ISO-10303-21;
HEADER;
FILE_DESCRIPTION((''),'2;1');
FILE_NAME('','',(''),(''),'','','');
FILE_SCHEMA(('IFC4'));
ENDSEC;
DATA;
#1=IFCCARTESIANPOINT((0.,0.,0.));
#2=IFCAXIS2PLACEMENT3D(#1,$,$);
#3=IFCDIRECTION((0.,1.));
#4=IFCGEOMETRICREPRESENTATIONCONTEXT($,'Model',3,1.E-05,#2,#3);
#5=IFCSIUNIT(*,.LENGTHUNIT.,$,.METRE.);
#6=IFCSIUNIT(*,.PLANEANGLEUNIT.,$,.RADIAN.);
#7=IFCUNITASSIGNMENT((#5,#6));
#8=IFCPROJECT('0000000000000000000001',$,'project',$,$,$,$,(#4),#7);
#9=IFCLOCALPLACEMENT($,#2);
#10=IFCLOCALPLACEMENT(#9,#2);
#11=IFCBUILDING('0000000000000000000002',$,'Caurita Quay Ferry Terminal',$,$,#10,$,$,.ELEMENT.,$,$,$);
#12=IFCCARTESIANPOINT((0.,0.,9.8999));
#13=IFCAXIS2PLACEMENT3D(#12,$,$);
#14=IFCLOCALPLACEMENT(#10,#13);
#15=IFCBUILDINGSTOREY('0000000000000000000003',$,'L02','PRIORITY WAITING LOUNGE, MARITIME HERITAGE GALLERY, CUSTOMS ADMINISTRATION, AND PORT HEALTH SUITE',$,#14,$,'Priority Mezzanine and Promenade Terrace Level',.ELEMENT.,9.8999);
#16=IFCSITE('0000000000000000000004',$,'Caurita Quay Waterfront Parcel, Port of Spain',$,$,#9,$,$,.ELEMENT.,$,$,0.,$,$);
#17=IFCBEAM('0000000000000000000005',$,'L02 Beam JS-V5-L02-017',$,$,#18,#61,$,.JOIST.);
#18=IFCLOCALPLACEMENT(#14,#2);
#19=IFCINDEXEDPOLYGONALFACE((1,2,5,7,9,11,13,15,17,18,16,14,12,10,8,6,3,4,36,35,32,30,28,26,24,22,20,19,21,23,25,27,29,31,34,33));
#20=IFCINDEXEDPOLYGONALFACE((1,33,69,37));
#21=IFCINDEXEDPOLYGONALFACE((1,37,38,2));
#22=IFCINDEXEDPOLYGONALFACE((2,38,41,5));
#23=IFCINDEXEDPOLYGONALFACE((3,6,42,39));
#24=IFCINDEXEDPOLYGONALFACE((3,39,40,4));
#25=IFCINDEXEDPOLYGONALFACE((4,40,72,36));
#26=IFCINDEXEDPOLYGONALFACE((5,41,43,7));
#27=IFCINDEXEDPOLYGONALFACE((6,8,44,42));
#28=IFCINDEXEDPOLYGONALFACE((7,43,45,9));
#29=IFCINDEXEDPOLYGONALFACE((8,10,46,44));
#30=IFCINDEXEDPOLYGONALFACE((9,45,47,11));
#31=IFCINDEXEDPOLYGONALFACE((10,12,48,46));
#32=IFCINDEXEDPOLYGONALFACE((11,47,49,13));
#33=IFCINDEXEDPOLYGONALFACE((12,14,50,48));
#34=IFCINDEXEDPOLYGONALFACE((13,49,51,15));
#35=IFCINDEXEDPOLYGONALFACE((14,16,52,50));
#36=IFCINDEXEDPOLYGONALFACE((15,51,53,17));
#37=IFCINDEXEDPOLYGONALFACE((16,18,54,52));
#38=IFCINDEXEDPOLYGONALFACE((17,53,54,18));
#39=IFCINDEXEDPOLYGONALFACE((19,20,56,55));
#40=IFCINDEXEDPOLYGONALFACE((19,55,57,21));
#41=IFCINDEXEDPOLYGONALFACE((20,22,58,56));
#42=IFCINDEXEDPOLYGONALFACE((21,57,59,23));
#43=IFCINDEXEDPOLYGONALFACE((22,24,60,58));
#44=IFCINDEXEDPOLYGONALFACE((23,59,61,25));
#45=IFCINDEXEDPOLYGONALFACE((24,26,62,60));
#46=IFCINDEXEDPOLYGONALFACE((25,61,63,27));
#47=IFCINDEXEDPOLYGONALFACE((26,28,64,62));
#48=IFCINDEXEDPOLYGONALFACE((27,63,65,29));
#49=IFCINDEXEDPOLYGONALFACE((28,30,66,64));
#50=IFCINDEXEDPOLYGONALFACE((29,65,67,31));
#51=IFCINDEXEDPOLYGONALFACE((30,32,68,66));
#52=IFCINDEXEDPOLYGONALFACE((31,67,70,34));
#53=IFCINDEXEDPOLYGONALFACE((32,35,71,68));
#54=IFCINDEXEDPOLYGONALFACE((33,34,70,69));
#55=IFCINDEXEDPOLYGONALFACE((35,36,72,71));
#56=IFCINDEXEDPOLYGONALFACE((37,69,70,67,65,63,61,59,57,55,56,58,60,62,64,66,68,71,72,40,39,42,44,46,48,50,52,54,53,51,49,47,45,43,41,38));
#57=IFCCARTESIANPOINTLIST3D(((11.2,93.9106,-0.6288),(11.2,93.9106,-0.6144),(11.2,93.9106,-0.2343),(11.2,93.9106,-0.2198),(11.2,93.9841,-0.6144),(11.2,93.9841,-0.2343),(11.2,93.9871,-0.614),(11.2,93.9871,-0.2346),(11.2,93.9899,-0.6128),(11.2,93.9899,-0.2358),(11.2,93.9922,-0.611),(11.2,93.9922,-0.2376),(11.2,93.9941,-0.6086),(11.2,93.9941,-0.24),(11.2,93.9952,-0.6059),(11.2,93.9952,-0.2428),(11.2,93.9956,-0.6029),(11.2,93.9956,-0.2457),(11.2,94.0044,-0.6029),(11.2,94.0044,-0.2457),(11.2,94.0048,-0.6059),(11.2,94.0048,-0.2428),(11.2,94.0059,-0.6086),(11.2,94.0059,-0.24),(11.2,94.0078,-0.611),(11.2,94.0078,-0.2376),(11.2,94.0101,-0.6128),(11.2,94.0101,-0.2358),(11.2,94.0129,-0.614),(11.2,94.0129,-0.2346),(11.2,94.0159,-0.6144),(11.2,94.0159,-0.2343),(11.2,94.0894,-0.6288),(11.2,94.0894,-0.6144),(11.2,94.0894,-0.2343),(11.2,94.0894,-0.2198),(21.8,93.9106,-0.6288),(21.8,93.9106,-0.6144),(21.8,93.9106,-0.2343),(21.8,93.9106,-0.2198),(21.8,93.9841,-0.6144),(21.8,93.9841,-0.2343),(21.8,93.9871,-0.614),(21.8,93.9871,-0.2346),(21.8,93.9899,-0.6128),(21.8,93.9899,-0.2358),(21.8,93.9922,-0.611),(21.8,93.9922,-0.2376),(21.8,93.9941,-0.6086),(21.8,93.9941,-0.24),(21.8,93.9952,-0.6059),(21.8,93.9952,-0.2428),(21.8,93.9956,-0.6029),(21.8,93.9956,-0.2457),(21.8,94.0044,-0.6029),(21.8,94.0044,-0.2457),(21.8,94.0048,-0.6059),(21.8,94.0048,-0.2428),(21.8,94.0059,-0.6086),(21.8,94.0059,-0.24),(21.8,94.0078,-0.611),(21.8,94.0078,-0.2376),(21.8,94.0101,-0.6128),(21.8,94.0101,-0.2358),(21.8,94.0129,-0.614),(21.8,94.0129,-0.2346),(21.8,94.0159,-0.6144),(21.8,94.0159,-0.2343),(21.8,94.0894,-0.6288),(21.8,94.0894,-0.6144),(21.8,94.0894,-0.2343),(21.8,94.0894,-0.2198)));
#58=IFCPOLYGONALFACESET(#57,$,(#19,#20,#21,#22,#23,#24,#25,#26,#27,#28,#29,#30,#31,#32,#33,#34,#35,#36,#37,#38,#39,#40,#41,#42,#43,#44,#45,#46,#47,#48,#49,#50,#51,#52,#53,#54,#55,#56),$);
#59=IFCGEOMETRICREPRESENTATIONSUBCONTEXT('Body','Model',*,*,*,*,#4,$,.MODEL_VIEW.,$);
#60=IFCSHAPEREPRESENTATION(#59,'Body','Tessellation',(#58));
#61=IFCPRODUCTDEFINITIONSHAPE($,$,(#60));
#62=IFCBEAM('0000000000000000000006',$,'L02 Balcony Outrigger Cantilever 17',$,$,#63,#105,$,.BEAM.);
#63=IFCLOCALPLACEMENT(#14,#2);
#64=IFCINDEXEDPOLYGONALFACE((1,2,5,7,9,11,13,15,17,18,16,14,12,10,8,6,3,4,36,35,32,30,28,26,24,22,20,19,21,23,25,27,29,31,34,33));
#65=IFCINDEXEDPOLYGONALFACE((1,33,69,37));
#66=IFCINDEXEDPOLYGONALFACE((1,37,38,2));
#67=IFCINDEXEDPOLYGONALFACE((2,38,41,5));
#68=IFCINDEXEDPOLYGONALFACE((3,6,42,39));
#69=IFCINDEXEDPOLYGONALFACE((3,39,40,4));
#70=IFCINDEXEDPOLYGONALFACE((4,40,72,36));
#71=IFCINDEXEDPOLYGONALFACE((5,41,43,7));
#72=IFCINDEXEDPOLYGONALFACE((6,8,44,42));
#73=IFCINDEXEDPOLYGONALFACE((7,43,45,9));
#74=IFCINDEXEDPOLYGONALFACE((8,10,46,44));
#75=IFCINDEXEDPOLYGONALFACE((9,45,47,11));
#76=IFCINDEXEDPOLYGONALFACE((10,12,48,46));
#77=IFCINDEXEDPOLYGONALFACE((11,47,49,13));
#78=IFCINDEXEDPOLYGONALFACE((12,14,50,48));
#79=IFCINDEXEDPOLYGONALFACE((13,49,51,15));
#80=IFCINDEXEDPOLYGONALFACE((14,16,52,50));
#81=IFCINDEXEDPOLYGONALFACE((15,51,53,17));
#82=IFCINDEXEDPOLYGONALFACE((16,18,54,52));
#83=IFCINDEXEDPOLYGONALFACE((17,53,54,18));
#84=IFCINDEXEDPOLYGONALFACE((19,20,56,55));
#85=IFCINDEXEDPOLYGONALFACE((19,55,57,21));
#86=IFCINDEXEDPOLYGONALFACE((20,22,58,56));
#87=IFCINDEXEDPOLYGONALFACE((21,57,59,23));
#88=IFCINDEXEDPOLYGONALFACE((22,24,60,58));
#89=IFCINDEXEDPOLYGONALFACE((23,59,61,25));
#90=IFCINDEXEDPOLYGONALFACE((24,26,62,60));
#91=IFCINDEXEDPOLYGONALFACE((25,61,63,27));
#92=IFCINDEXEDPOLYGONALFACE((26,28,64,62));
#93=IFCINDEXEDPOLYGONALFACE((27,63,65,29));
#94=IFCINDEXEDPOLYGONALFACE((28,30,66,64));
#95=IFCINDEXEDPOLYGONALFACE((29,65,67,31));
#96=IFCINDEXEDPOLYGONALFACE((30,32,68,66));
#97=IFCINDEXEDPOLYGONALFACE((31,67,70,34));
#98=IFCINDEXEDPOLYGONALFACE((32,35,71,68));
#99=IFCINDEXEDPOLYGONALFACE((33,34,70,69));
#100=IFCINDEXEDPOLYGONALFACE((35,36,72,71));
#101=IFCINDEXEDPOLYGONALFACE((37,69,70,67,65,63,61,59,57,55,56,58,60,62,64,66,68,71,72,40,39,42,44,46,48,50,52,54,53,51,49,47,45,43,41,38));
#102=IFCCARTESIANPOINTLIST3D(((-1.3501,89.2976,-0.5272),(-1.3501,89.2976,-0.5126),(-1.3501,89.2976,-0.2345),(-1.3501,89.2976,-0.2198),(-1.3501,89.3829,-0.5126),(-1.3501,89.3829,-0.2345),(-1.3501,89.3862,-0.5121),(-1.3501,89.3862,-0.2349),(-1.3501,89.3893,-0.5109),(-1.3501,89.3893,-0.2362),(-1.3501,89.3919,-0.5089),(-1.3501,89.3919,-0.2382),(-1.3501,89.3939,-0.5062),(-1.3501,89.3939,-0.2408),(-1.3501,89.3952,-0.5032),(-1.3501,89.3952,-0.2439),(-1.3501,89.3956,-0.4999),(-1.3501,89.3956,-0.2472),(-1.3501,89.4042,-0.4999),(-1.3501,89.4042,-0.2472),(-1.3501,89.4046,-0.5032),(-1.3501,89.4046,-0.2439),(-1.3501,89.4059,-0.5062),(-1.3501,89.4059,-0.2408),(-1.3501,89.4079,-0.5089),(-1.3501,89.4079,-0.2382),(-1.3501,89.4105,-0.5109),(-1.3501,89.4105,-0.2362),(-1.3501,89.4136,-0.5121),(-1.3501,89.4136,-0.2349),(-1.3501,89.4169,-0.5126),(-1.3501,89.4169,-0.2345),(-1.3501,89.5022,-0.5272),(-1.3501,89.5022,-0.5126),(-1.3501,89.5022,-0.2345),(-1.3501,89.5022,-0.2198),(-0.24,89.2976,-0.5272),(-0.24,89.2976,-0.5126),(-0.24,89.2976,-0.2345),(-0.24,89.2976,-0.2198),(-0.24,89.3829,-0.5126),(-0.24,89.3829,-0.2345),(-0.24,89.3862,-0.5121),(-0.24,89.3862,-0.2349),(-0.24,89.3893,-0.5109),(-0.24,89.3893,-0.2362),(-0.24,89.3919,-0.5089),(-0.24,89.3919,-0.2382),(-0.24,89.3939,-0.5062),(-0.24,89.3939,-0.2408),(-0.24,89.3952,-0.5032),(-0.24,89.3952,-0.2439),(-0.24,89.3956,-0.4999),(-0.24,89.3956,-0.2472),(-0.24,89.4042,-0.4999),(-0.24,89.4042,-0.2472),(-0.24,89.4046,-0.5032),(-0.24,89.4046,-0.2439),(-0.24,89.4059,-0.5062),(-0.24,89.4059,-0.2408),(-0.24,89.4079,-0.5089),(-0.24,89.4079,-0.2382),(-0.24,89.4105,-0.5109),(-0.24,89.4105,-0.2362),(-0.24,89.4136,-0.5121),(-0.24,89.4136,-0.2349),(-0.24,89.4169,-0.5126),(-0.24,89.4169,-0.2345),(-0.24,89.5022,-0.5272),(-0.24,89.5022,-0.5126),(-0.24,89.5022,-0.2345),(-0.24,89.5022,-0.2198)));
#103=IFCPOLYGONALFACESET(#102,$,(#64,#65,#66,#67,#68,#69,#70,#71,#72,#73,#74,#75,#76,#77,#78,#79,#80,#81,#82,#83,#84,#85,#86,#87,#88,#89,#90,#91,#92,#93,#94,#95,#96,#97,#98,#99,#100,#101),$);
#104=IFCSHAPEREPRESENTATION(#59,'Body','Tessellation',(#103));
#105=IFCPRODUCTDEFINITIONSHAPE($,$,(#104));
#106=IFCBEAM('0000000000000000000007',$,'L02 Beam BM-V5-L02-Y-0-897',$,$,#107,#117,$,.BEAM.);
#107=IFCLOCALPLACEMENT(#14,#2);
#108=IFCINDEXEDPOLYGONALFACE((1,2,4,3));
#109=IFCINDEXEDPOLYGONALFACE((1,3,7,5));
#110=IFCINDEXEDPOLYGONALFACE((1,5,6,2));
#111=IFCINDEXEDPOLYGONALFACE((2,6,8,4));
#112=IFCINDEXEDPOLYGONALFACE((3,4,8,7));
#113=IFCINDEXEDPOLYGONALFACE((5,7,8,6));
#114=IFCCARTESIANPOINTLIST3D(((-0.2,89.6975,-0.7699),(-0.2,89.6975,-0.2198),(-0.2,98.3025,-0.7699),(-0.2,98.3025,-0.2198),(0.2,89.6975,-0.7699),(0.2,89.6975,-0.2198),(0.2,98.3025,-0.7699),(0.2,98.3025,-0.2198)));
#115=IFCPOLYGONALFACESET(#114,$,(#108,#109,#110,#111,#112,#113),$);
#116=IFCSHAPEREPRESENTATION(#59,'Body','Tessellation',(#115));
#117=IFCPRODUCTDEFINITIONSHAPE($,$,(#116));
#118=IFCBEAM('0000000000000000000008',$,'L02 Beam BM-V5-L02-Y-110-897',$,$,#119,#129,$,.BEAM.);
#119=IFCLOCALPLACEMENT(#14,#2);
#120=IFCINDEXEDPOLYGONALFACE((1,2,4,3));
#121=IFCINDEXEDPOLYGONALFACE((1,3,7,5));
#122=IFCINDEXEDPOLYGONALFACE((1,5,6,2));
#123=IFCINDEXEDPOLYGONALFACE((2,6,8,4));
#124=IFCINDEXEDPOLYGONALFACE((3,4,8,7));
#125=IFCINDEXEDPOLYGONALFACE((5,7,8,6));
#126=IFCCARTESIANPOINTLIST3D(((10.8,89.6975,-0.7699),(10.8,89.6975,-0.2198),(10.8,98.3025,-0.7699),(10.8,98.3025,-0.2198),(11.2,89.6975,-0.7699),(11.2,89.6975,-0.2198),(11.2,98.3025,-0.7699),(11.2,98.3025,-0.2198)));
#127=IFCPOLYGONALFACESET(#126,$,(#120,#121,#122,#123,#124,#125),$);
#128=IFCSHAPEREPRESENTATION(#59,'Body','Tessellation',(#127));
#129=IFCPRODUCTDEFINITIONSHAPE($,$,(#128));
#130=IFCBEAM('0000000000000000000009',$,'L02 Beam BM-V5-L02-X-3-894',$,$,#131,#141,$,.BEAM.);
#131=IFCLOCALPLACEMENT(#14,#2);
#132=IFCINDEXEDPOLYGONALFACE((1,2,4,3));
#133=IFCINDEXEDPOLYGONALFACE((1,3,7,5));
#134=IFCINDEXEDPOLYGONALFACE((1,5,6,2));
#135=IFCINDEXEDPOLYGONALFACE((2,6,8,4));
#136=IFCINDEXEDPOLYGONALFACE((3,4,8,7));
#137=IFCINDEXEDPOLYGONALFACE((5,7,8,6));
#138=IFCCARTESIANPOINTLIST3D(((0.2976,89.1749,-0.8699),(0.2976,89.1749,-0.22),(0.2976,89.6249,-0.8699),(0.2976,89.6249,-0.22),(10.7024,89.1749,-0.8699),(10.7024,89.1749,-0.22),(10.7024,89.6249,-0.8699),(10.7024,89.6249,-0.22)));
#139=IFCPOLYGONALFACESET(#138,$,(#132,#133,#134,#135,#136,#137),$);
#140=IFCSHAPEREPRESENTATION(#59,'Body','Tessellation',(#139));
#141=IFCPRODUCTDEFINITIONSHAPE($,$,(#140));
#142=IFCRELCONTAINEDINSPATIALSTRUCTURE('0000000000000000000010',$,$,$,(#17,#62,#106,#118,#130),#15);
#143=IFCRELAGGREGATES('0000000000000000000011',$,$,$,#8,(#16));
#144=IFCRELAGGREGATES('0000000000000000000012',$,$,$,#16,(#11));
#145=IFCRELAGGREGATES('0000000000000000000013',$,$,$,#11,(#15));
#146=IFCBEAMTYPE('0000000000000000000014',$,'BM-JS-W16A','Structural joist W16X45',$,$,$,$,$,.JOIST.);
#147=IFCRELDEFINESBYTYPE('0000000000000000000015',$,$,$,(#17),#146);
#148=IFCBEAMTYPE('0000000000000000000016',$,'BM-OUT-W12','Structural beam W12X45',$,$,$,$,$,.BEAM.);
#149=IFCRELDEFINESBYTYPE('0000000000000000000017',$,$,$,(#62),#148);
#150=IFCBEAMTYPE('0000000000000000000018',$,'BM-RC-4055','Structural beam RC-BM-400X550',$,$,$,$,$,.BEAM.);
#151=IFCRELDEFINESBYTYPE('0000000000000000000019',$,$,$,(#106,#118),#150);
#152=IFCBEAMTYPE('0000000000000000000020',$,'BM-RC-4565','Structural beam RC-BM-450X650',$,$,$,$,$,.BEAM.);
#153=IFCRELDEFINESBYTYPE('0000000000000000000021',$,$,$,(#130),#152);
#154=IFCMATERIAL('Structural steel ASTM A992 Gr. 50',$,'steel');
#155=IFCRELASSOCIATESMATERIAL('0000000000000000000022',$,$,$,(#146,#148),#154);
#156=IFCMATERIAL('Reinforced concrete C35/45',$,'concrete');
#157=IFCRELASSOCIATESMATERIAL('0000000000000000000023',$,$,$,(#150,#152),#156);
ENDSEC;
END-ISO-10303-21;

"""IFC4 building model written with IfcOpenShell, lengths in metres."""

from ifc_helpers import new_model, si_unit, direction, frame, origin, origin_2d, place, context, subcontext, project, spatial, rectangle, i_section, extrude, material, material_profile, profile_set, type_object, element, save


model = new_model("IFC4")

# Units and contexts
model_context = context("Model", 3, precision=1e-05, world=origin(), true_north=direction((0.0, 1.0)))
body_context = subcontext(model_context, "Body", "Model", "MODEL_VIEW")
ifc_project = project(units=[si_unit("LENGTHUNIT", "METRE"), si_unit("PLANEANGLEUNIT", "RADIAN")], contexts=[model_context])

# Site, building, storey
site_placement = place(None, origin())
site = spatial("IfcSite", under=ifc_project, at=site_placement, Name="Caurita Quay Waterfront Parcel, Port of Spain", CompositionType="ELEMENT", RefElevation=0.0)
building_placement = place(site_placement, origin())
building = spatial("IfcBuilding", under=site, at=building_placement, Name="Caurita Quay Ferry Terminal", CompositionType="ELEMENT")
storey_placement = place(building_placement, frame((0.0, 0.0, 9.8999)))
storey = spatial("IfcBuildingStorey", under=building, at=storey_placement, Name="L02", Description="PRIORITY WAITING LOUNGE, MARITIME HERITAGE GALLERY, CUSTOMS ADMINISTRATION, AND PORT HEALTH SUITE", LongName="Priority Mezzanine and Promenade Terrace Level", CompositionType="ELEMENT", Elevation=9.8999)

# Shared definitions
ifc_material_1 = material(Name="Reinforced concrete C35/45", Category="concrete")

# Beams
ifc_material_2 = material(Name="Structural steel ASTM A992 Gr. 50", Category="steel")
ifc_material_profile_1 = material_profile(ifc_material_2, i_section(OverallWidth=0.1787, OverallDepth=0.4089, WebThickness=0.0088, FlangeThickness=0.0144, FilletRadius=0.0115, at=origin_2d()), Name="W16X45")
ifc_profile_set_1 = profile_set([ifc_material_profile_1], Name="Structural steel ASTM A992 Gr. 50")
beam_type_1 = type_object("IfcBeamType", Name="BM-JS-W16A", Description="Structural joist W16X45", PredefinedType="JOIST", material=ifc_profile_set_1)
for number, where, z_axis, x_axis, name in (
    (1, (11.2, 94.0, -0.4243), (1.0, 0.0, 0.0), (0.0, 1.0, 0.0), "L02 Beam JS-V5-L02-017"),
):
    element("IfcBeam", number, at=place(storey_placement, frame(where, z_axis=z_axis, x_axis=x_axis)), inside=storey, type_object=beam_type_1, Name=name, PredefinedType="JOIST", context=body_context, shape_type="SweptSolid", body=[
        extrude(i_section(OverallWidth=0.1787, OverallDepth=0.4089, WebThickness=0.0088, FlangeThickness=0.0144, FilletRadius=0.0115, at=origin_2d()), origin(), (0.0, 0.0, 1.0), 10.6001),
    ])
ifc_material_profile_2 = material_profile(ifc_material_2, i_section(OverallWidth=0.2046, OverallDepth=0.3074, WebThickness=0.0085, FlangeThickness=0.0146, FilletRadius=0.0127, at=origin_2d()), Name="W12X45")
ifc_profile_set_2 = profile_set([ifc_material_profile_2], Name="Structural steel ASTM A992 Gr. 50")
beam_type_2 = type_object("IfcBeamType", Name="BM-OUT-W12", Description="Structural beam W12X45", PredefinedType="BEAM", material=ifc_profile_set_2)
beam_1_placement = place(storey_placement, frame((-0.24, 89.3999, -0.3735), z_axis=(-1.0, 0.0, 0.0), x_axis=(0.0, -1.0, 0.0)))
element("IfcBeam", 2, at=beam_1_placement, inside=storey, type_object=beam_type_2, Name="L02 Balcony Outrigger Cantilever 17", PredefinedType="BEAM", context=body_context, shape_type="SweptSolid", body=[
    extrude(i_section(OverallWidth=0.2046, OverallDepth=0.3074, WebThickness=0.0085, FlangeThickness=0.0146, FilletRadius=0.0127, at=origin_2d()), origin(), (0.0, 0.0, 1.0), 1.1101),
])
ifc_material_profile_3 = material_profile(ifc_material_1, rectangle(XDim=0.3999, YDim=0.55, at=origin_2d()), Name="RC-BM-400X550")
ifc_profile_set_3 = profile_set([ifc_material_profile_3], Name="Reinforced concrete C35/45")
beam_type_3 = type_object("IfcBeamType", Name="BM-RC-4055", Description="Structural beam RC-BM-400X550", PredefinedType="BEAM", material=ifc_profile_set_3)
for number, where, z_axis, x_axis, name in (
    (3, (0.0, 89.6975, -0.4949), (0.0, 1.0, 0.0), (-1.0, 0.0, 0.0), "L02 Beam BM-V5-L02-Y-0-897"),
    (4, (11.0, 89.6975, -0.4949), (0.0, 1.0, 0.0), (-1.0, 0.0, 0.0), "L02 Beam BM-V5-L02-Y-110-897"),
):
    element("IfcBeam", number, at=place(storey_placement, frame(where, z_axis=z_axis, x_axis=x_axis)), inside=storey, type_object=beam_type_3, Name=name, PredefinedType="BEAM", context=body_context, shape_type="SweptSolid", body=[
        extrude(rectangle(XDim=0.3999, YDim=0.55, at=origin_2d()), origin(), (0.0, 0.0, 1.0), 8.605),
    ])
ifc_material_profile_4 = material_profile(ifc_material_1, rectangle(XDim=0.45, YDim=0.6499, at=origin_2d()), Name="RC-BM-450X650")
ifc_profile_set_4 = profile_set([ifc_material_profile_4], Name="Reinforced concrete C35/45")
beam_type_4 = type_object("IfcBeamType", Name="BM-RC-4565", Description="Structural beam RC-BM-450X650", PredefinedType="BEAM", material=ifc_profile_set_4)
beam_2_placement = place(storey_placement, frame((0.2976, 89.3999, -0.5449), z_axis=(1.0, 0.0, 0.0), x_axis=(0.0, 1.0, 0.0)))
element("IfcBeam", 5, at=beam_2_placement, inside=storey, type_object=beam_type_4, Name="L02 Beam BM-V5-L02-X-3-894", PredefinedType="BEAM", context=body_context, shape_type="SweptSolid", body=[
    extrude(rectangle(XDim=0.45, YDim=0.6499, at=origin_2d()), origin(), (0.0, 0.0, 1.0), 10.4048),
])

save(model, "model.ifc")
